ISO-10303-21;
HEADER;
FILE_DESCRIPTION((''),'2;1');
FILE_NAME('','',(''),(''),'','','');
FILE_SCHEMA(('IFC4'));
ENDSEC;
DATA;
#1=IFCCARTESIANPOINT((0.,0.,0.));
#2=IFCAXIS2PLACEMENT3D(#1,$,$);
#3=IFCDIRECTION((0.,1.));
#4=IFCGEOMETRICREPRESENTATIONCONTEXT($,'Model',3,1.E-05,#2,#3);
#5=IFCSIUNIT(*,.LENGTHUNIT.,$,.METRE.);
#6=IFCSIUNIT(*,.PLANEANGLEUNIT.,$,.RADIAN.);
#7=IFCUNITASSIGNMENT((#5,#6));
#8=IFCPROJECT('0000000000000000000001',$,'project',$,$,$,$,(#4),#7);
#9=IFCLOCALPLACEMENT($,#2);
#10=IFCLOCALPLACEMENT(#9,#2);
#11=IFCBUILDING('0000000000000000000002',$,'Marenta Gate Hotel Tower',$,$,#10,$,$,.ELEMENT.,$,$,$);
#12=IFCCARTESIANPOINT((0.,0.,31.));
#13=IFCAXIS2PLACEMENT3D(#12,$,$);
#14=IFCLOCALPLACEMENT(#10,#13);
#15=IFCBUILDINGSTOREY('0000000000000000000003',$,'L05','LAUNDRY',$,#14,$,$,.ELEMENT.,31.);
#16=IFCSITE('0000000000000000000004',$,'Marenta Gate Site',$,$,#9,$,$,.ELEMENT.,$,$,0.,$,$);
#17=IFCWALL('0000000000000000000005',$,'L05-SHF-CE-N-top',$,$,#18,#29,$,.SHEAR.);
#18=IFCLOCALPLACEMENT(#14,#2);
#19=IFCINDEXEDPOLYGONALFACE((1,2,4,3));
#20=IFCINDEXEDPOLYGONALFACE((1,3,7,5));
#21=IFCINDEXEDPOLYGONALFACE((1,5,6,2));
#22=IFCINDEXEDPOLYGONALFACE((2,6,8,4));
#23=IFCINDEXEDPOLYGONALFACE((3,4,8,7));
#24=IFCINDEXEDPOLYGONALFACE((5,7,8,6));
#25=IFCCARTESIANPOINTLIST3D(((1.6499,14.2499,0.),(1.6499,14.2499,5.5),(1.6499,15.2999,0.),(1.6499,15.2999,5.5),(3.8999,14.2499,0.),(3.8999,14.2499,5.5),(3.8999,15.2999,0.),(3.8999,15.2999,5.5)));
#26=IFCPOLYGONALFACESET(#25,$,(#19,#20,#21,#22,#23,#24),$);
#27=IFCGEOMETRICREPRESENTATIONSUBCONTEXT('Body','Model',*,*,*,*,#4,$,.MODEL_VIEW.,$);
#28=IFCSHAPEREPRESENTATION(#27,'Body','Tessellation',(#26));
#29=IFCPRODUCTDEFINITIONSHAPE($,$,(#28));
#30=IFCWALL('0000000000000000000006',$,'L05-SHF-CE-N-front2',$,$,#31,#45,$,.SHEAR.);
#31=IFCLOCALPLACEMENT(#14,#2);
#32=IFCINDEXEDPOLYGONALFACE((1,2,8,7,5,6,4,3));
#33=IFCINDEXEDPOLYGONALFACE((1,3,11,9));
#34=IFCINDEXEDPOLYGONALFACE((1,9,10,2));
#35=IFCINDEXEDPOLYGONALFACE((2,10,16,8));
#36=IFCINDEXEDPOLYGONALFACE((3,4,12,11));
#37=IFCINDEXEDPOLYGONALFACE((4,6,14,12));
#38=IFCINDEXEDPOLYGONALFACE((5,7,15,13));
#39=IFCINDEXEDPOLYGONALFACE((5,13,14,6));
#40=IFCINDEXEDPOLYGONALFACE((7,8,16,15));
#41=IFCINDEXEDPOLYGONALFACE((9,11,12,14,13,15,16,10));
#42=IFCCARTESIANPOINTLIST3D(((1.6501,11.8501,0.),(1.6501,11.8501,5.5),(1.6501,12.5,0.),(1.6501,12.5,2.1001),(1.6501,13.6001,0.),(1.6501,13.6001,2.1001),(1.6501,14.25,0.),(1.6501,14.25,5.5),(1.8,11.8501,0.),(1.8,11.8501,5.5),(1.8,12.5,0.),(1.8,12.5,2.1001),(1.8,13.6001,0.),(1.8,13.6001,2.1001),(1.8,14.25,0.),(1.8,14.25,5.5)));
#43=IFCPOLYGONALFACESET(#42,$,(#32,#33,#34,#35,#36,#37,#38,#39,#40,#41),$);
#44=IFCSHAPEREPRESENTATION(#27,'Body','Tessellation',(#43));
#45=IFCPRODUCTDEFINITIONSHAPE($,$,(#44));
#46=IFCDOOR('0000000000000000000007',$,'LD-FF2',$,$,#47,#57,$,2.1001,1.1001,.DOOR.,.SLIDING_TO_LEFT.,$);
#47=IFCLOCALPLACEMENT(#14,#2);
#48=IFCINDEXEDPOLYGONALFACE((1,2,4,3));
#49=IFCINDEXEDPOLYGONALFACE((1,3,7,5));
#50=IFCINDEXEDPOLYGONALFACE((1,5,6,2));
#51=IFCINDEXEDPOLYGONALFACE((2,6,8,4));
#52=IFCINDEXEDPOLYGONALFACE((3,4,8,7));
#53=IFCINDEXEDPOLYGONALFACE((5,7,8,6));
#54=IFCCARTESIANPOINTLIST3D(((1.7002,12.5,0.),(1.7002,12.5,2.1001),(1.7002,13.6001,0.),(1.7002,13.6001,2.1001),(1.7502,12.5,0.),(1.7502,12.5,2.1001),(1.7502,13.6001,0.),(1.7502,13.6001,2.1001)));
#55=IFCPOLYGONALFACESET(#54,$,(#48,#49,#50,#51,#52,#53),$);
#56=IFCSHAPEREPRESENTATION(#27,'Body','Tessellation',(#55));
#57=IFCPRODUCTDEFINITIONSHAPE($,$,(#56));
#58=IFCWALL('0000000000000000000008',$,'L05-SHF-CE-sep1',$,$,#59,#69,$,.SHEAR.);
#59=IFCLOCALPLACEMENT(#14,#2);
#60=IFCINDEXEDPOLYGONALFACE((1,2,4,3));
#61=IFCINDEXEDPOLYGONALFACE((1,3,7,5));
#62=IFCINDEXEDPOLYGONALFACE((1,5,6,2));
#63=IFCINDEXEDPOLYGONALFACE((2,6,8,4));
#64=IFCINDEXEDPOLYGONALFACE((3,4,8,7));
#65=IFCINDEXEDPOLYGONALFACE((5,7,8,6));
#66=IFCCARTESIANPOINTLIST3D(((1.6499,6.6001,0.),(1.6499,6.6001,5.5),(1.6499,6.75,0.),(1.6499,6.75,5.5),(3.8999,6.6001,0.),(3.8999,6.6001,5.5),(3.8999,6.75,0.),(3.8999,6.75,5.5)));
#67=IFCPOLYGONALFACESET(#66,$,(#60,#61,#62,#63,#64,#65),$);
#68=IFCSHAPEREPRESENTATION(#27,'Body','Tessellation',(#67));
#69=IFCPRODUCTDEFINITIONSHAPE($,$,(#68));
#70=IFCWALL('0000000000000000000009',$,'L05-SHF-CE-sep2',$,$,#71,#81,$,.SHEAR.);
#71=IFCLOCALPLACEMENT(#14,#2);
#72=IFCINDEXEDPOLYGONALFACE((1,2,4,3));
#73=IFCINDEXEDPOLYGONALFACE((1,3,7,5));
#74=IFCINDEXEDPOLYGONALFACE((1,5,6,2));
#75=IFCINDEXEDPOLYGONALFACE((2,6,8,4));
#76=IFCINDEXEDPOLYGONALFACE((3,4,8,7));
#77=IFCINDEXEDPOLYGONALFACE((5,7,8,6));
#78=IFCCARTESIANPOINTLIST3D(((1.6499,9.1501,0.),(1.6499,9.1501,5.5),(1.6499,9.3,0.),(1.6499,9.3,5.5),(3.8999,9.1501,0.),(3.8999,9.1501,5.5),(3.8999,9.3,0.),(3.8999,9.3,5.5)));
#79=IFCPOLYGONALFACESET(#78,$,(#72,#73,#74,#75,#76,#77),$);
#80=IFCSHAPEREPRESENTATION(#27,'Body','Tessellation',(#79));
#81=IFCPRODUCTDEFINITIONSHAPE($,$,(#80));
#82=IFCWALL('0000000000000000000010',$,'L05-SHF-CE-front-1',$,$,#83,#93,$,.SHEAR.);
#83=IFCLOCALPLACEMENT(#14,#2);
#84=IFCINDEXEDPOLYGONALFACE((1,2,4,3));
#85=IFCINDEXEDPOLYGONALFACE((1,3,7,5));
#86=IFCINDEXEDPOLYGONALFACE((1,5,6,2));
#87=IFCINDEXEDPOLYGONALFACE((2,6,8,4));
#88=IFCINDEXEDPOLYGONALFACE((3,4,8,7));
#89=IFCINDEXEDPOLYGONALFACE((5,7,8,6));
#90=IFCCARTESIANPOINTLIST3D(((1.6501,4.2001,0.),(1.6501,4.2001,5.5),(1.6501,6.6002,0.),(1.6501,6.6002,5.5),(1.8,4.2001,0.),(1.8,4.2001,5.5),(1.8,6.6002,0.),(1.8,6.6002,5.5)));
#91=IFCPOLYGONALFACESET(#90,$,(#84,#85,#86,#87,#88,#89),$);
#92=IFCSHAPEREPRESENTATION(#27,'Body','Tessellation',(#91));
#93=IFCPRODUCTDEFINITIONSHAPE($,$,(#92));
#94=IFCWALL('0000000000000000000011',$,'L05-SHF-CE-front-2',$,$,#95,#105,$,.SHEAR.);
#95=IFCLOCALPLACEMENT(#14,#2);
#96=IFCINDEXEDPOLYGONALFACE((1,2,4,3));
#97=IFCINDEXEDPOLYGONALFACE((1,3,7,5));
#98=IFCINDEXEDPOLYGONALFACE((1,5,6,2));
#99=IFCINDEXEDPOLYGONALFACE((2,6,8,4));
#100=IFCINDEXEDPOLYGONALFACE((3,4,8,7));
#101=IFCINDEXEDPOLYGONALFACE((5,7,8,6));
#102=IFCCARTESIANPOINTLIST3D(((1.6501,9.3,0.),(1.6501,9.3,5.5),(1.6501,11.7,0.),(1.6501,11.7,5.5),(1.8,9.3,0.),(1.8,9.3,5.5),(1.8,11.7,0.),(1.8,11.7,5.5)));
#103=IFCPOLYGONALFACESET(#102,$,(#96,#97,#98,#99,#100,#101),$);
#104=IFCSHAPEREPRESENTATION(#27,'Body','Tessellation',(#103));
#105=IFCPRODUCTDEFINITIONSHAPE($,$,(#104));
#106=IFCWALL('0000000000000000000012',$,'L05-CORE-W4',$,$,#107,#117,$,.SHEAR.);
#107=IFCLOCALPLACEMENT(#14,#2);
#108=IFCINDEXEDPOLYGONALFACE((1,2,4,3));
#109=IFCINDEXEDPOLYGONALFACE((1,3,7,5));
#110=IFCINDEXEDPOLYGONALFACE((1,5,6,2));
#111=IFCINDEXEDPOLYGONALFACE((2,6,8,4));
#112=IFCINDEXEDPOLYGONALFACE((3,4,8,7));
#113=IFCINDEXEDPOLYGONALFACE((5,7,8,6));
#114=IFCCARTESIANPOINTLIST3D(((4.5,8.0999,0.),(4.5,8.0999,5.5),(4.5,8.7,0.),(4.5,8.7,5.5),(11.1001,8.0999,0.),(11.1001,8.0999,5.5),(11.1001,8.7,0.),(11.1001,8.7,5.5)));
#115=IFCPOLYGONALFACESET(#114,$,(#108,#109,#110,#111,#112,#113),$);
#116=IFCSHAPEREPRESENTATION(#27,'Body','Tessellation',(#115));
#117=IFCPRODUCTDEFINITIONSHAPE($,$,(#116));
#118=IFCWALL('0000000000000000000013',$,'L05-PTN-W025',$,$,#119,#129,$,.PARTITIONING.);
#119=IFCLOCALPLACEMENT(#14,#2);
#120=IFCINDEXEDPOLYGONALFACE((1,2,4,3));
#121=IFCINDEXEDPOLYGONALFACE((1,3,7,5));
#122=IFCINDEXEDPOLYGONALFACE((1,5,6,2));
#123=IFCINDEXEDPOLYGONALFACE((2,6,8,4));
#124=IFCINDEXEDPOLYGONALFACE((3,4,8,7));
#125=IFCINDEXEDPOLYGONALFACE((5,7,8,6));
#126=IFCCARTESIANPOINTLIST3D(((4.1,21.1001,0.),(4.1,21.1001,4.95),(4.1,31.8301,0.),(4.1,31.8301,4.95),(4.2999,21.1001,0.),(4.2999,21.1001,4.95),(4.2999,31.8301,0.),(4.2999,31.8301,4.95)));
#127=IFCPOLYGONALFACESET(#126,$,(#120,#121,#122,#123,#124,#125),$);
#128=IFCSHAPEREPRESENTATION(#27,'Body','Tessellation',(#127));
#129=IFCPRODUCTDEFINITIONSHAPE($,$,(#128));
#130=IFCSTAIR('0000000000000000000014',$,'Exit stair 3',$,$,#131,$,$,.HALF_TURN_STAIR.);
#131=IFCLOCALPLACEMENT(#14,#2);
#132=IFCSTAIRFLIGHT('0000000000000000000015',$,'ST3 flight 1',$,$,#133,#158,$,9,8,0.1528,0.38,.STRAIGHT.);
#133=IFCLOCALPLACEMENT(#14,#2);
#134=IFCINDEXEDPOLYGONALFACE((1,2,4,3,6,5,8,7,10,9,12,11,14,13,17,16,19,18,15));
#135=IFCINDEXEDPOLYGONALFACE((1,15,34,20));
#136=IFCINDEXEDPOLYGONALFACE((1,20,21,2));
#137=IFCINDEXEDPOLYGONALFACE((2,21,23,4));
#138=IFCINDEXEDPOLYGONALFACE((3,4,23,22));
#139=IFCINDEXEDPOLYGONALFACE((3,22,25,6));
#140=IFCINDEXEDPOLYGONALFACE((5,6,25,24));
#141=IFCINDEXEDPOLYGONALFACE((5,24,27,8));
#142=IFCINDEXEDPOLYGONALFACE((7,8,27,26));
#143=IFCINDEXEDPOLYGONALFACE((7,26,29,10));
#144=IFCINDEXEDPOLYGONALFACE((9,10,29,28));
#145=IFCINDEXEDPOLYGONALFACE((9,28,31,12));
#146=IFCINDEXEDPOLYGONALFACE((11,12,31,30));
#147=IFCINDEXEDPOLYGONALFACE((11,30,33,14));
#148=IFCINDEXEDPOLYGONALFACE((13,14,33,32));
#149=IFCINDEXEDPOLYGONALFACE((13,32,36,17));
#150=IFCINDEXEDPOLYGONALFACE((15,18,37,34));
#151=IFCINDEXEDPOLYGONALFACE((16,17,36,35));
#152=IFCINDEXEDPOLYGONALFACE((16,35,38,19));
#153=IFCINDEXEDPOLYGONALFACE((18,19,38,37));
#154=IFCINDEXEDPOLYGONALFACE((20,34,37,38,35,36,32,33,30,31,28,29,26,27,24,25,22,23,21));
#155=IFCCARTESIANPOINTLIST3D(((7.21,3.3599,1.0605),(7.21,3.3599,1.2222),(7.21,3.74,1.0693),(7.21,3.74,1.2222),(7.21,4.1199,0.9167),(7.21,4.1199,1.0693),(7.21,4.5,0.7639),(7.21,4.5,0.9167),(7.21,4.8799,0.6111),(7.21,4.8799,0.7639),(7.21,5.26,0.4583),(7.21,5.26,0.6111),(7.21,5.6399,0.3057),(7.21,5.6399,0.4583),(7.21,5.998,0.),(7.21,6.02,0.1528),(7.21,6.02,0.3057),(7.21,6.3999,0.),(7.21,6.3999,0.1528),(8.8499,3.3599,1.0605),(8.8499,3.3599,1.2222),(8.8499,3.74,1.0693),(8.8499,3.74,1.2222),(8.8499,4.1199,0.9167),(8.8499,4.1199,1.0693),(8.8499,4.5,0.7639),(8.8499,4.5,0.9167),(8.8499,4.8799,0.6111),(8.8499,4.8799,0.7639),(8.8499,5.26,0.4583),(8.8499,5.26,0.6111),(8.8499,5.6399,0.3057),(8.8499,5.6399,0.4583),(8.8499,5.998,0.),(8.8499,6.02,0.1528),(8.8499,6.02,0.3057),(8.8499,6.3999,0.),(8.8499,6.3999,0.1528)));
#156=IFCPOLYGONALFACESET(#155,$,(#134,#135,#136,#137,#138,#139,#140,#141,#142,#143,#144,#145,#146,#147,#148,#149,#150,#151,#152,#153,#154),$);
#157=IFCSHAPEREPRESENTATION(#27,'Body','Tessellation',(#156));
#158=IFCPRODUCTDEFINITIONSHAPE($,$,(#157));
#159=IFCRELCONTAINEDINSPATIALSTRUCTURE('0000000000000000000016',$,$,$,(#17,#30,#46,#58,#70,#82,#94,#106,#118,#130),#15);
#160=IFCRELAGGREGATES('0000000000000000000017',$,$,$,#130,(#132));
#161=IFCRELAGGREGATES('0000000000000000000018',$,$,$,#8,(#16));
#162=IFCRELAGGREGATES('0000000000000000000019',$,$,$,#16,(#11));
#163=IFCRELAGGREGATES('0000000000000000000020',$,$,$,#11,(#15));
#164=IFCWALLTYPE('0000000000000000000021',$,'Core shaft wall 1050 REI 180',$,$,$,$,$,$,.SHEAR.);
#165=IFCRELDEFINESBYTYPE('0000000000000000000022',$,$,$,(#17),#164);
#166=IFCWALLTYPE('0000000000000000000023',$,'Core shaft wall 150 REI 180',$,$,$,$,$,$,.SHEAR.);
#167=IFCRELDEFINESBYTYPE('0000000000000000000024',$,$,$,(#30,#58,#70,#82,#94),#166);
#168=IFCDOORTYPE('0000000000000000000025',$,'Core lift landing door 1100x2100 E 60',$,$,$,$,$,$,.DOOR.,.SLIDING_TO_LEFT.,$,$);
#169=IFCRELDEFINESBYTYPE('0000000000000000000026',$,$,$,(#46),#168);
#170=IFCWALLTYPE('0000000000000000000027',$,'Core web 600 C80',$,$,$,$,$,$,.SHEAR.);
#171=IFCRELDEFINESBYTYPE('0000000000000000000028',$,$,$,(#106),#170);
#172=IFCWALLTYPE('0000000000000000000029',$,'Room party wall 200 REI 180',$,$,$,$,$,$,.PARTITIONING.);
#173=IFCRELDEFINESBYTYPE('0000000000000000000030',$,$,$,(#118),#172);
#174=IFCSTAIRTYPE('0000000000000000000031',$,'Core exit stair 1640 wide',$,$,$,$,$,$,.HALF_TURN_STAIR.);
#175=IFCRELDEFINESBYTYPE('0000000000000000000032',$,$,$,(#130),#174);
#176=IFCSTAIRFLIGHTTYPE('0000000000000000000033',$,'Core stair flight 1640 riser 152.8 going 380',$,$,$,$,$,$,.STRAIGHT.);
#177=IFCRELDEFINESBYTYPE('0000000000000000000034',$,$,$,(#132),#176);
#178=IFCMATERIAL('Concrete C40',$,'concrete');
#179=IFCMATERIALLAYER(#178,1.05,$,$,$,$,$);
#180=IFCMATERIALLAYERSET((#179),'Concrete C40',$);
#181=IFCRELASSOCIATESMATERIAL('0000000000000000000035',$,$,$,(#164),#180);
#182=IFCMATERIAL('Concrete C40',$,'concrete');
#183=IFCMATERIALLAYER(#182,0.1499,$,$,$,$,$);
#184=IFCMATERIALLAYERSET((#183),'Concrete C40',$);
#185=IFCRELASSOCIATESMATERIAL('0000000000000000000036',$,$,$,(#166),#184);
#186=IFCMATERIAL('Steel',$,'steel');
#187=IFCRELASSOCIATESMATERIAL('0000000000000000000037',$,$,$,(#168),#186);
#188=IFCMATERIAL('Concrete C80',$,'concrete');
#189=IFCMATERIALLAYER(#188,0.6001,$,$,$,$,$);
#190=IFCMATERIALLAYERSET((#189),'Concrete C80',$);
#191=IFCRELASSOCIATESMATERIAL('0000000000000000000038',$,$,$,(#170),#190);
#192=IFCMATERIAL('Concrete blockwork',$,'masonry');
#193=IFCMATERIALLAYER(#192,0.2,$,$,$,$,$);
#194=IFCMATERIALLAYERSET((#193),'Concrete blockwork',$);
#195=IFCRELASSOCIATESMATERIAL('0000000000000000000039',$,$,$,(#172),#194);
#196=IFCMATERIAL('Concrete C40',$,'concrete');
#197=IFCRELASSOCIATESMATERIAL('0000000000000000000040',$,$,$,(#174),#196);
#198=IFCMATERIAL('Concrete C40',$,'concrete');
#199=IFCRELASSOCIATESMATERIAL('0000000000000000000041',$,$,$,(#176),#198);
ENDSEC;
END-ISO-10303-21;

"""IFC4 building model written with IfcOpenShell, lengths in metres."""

from ifc_helpers import new_model, si_unit, direction, frame, frame_2d, origin, place, context, subcontext, project, spatial, polyline, rectangle, outline, extrude, material, layer, layer_set, type_object, element, fill, aggregate, save


model = new_model("IFC4")

# Units and contexts
model_context = context("Model", 3, precision=1e-05, world=origin(), true_north=direction((0.0, 1.0)))
body_context = subcontext(model_context, "Body", "Model", "MODEL_VIEW")
ifc_project = project(units=[si_unit("LENGTHUNIT", "METRE"), si_unit("PLANEANGLEUNIT", "RADIAN")], contexts=[model_context])

# Site, building, storey
site_placement = place(None, origin())
site = spatial("IfcSite", under=ifc_project, at=site_placement, Name="Marenta Gate Site", CompositionType="ELEMENT", RefElevation=0.0)
building_placement = place(site_placement, origin())
building = spatial("IfcBuilding", under=site, at=building_placement, Name="Marenta Gate Hotel Tower", CompositionType="ELEMENT")
storey_placement = place(building_placement, frame((0.0, 0.0, 31.0)))
storey = spatial("IfcBuildingStorey", under=building, at=storey_placement, Name="L05", Description="LAUNDRY", CompositionType="ELEMENT", Elevation=31.0)

# Wall
ifc_material_1 = material(Name="Concrete C40", Category="concrete")
ifc_layer_1 = layer(ifc_material_1, 1.05)
ifc_layer_set_1 = layer_set([ifc_layer_1], Name="Concrete C40")
wall_type_1 = type_object("IfcWallType", Name="Core shaft wall 1050 REI 180", PredefinedType="SHEAR", material=ifc_layer_set_1)
wall_1_placement = place(storey_placement, frame((1.6499, 14.7749, 0.0), z_axis=(0.0, 0.0, 1.0), x_axis=(1.0, 0.0, 0.0)))
element("IfcWall", 1, at=wall_1_placement, inside=storey, type_object=wall_type_1, Name="L05-SHF-CE-N-top", PredefinedType="SHEAR", context=body_context, shape_type="SweptSolid", body=[
    extrude(rectangle(XDim=2.25, YDim=1.05, at=frame_2d((1.125, 0.0))), origin(), (0.0, 0.0, 1.0), 5.5),
])

# Wall, opening, door
ifc_material_2 = material(Name="Concrete C40", Category="concrete")
ifc_layer_2 = layer(ifc_material_2, 0.1499)
ifc_layer_set_2 = layer_set([ifc_layer_2], Name="Concrete C40")
wall_type_2 = type_object("IfcWallType", Name="Core shaft wall 150 REI 180", PredefinedType="SHEAR", material=ifc_layer_set_2)
wall_2_placement = place(storey_placement, frame((1.7251, 11.8501, 0.0), z_axis=(0.0, 0.0, 1.0), x_axis=(0.0, 1.0, 0.0)))
wall_2 = element("IfcWall", 2, at=wall_2_placement, inside=storey, type_object=wall_type_2, Name="L05-SHF-CE-N-front2", PredefinedType="SHEAR", context=body_context, shape_type="SweptSolid", body=[
    extrude(rectangle(XDim=2.3999, YDim=0.1499, at=frame_2d((1.2, 0.0))), origin(), (0.0, 0.0, 1.0), 5.5),
])
opening_1_placement = place(wall_2_placement, frame((0.6499, 0.0, 0.0)))
opening_1 = element("IfcOpeningElement", 3, at=opening_1_placement, cuts=wall_2, PredefinedType="OPENING", context=body_context, shape_type="SweptSolid", body=[
    extrude(rectangle(XDim=1.1001, YDim=2.1001, at=frame_2d((0.55, 1.05))), frame((0.0, 0.075, 0.0), z_axis=(0.0, -1.0, 0.0), x_axis=(1.0, 0.0, 0.0)), (0.0, 0.0, 1.0), 0.1499),
])
ifc_material_3 = material(Name="Steel", Category="steel")
door_type_1 = type_object("IfcDoorType", Name="Core lift landing door 1100x2100 E 60", OperationType="SLIDING_TO_LEFT", PredefinedType="DOOR", material=ifc_material_3)
door_1_placement = place(opening_1_placement, origin())
door_1 = element("IfcDoor", 4, at=door_1_placement, inside=storey, type_object=door_type_1, Name="LD-FF2", OperationType="SLIDING_TO_LEFT", OverallHeight=2.1001, OverallWidth=1.1001, PredefinedType="DOOR", context=body_context, shape_type="SweptSolid", body=[
    extrude(rectangle(XDim=1.1001, YDim=2.1001, at=frame_2d((0.55, 1.05))), frame((0.0, 0.0249, 0.0), z_axis=(0.0, -1.0, 0.0), x_axis=(1.0, 0.0, 0.0)), (0.0, 0.0, 1.0), 0.05),
])
fill(opening_1, door_1)

# Walls
for number, where, z_axis, x_axis, name in (
    (5, (1.6499, 6.675, 0.0), (0.0, 0.0, 1.0), (1.0, 0.0, 0.0), "L05-SHF-CE-sep1"),
    (6, (1.6499, 9.2251, 0.0), (0.0, 0.0, 1.0), (1.0, 0.0, 0.0), "L05-SHF-CE-sep2"),
):
    element("IfcWall", number, at=place(storey_placement, frame(where, z_axis=z_axis, x_axis=x_axis)), inside=storey, type_object=wall_type_2, Name=name, PredefinedType="SHEAR", context=body_context, shape_type="SweptSolid", body=[
        extrude(rectangle(XDim=2.25, YDim=0.1499, at=frame_2d((1.125, 0.0))), origin(), (0.0, 0.0, 1.0), 5.5),
    ])
wall_3_placement = place(storey_placement, frame((1.7251, 4.2, 0.0), z_axis=(0.0, 0.0, 1.0), x_axis=(0.0, 1.0, 0.0)))
element("IfcWall", 7, at=wall_3_placement, inside=storey, type_object=wall_type_2, Name="L05-SHF-CE-front-1", PredefinedType="SHEAR", context=body_context, shape_type="SweptSolid", body=[
    extrude(rectangle(XDim=2.4001, YDim=0.1499, at=frame_2d((1.2002, 0.0))), origin(), (0.0, 0.0, 1.0), 5.5),
])
wall_4_placement = place(storey_placement, frame((1.7251, 9.3, 0.0), z_axis=(0.0, 0.0, 1.0), x_axis=(0.0, 1.0, 0.0)))
element("IfcWall", 8, at=wall_4_placement, inside=storey, type_object=wall_type_2, Name="L05-SHF-CE-front-2", PredefinedType="SHEAR", context=body_context, shape_type="SweptSolid", body=[
    extrude(rectangle(XDim=2.3999, YDim=0.1499, at=frame_2d((1.2, 0.0))), origin(), (0.0, 0.0, 1.0), 5.5),
])
ifc_material_4 = material(Name="Concrete C80", Category="concrete")
ifc_layer_3 = layer(ifc_material_4, 0.6001)
ifc_layer_set_3 = layer_set([ifc_layer_3], Name="Concrete C80")
wall_type_3 = type_object("IfcWallType", Name="Core web 600 C80", PredefinedType="SHEAR", material=ifc_layer_set_3)
wall_5_placement = place(storey_placement, frame((4.5, 8.3999, 0.0), z_axis=(0.0, 0.0, 1.0), x_axis=(1.0, 0.0, 0.0)))
element("IfcWall", 9, at=wall_5_placement, inside=storey, type_object=wall_type_3, Name="L05-CORE-W4", PredefinedType="SHEAR", context=body_context, shape_type="SweptSolid", body=[
    extrude(rectangle(XDim=6.6001, YDim=0.6001, at=frame_2d((3.3, 0.0))), origin(), (0.0, 0.0, 1.0), 5.5),
])

# Wall
ifc_material_5 = material(Name="Concrete blockwork", Category="masonry")
ifc_layer_4 = layer(ifc_material_5, 0.2)
ifc_layer_set_4 = layer_set([ifc_layer_4], Name="Concrete blockwork")
wall_type_4 = type_object("IfcWallType", Name="Room party wall 200 REI 180", PredefinedType="PARTITIONING", material=ifc_layer_set_4)
wall_6_placement = place(storey_placement, frame((4.2, 21.1001, 0.0), z_axis=(0.0, 0.0, 1.0), x_axis=(0.0, 1.0, 0.0)))
element("IfcWall", 10, at=wall_6_placement, inside=storey, type_object=wall_type_4, Name="L05-PTN-W025", PredefinedType="PARTITIONING", context=body_context, shape_type="SweptSolid", body=[
    extrude(rectangle(XDim=10.73, YDim=0.2, at=frame_2d((5.365, 0.0))), origin(), (0.0, 0.0, 1.0), 4.95),
])

# Stair, stair flight
ifc_material_6 = material(Name="Concrete C40", Category="concrete")
stair_type = type_object("IfcStairType", Name="Core exit stair 1640 wide", PredefinedType="HALF_TURN_STAIR", material=ifc_material_6)
stair_1_placement = place(storey_placement, origin())
stair_1 = element("IfcStair", 11, at=stair_1_placement, inside=storey, type_object=stair_type, Name="Exit stair 3", PredefinedType="HALF_TURN_STAIR")
ifc_material_7 = material(Name="Concrete C40", Category="concrete")
stair_flight_type = type_object("IfcStairFlightType", Name="Core stair flight 1640 riser 152.8 going 380", PredefinedType="STRAIGHT", material=ifc_material_7)
stair_flight_1_placement = place(storey_placement, frame((8.03, 6.3999, 0.0), z_axis=(0.0, 0.0, 1.0), x_axis=(0.0, -1.0, 0.0)))
stair_flight_1 = element("IfcStairFlight", 12, at=stair_flight_1_placement, type_object=stair_flight_type, Name="ST3 flight 1", NumberOfRisers=9, NumberOfTreads=8, PredefinedType="STRAIGHT", RiserHeight=0.1528, TreadLength=0.38, context=body_context, shape_type="SweptSolid", body=[
    extrude(outline(polyline([(0.0, 0.0), (0.0, 0.1528), (0.3799, 0.1528), (0.3799, 0.3057), (0.76, 0.3057), (0.76, 0.4583), (1.1399, 0.4583), (1.1399, 0.6111), (1.52, 0.6111), (1.52, 0.7639), (1.8999, 0.7639), (1.8999, 0.9167), (2.28, 0.9167), (2.28, 1.0693), (2.6599, 1.0693), (2.6599, 1.2222), (3.04, 1.2222), (3.04, 1.375), (3.04, 1.0605), (0.4019, 0.0), (0.0, 0.0)])), frame((0.0, 0.8198, 0.0), z_axis=(0.0, -1.0, 0.0), x_axis=(1.0, 0.0, 0.0)), (0.0, 0.0, 1.0), 1.6399),
])
aggregate(stair_1, [stair_flight_1])

save(model, "model.ifc")
